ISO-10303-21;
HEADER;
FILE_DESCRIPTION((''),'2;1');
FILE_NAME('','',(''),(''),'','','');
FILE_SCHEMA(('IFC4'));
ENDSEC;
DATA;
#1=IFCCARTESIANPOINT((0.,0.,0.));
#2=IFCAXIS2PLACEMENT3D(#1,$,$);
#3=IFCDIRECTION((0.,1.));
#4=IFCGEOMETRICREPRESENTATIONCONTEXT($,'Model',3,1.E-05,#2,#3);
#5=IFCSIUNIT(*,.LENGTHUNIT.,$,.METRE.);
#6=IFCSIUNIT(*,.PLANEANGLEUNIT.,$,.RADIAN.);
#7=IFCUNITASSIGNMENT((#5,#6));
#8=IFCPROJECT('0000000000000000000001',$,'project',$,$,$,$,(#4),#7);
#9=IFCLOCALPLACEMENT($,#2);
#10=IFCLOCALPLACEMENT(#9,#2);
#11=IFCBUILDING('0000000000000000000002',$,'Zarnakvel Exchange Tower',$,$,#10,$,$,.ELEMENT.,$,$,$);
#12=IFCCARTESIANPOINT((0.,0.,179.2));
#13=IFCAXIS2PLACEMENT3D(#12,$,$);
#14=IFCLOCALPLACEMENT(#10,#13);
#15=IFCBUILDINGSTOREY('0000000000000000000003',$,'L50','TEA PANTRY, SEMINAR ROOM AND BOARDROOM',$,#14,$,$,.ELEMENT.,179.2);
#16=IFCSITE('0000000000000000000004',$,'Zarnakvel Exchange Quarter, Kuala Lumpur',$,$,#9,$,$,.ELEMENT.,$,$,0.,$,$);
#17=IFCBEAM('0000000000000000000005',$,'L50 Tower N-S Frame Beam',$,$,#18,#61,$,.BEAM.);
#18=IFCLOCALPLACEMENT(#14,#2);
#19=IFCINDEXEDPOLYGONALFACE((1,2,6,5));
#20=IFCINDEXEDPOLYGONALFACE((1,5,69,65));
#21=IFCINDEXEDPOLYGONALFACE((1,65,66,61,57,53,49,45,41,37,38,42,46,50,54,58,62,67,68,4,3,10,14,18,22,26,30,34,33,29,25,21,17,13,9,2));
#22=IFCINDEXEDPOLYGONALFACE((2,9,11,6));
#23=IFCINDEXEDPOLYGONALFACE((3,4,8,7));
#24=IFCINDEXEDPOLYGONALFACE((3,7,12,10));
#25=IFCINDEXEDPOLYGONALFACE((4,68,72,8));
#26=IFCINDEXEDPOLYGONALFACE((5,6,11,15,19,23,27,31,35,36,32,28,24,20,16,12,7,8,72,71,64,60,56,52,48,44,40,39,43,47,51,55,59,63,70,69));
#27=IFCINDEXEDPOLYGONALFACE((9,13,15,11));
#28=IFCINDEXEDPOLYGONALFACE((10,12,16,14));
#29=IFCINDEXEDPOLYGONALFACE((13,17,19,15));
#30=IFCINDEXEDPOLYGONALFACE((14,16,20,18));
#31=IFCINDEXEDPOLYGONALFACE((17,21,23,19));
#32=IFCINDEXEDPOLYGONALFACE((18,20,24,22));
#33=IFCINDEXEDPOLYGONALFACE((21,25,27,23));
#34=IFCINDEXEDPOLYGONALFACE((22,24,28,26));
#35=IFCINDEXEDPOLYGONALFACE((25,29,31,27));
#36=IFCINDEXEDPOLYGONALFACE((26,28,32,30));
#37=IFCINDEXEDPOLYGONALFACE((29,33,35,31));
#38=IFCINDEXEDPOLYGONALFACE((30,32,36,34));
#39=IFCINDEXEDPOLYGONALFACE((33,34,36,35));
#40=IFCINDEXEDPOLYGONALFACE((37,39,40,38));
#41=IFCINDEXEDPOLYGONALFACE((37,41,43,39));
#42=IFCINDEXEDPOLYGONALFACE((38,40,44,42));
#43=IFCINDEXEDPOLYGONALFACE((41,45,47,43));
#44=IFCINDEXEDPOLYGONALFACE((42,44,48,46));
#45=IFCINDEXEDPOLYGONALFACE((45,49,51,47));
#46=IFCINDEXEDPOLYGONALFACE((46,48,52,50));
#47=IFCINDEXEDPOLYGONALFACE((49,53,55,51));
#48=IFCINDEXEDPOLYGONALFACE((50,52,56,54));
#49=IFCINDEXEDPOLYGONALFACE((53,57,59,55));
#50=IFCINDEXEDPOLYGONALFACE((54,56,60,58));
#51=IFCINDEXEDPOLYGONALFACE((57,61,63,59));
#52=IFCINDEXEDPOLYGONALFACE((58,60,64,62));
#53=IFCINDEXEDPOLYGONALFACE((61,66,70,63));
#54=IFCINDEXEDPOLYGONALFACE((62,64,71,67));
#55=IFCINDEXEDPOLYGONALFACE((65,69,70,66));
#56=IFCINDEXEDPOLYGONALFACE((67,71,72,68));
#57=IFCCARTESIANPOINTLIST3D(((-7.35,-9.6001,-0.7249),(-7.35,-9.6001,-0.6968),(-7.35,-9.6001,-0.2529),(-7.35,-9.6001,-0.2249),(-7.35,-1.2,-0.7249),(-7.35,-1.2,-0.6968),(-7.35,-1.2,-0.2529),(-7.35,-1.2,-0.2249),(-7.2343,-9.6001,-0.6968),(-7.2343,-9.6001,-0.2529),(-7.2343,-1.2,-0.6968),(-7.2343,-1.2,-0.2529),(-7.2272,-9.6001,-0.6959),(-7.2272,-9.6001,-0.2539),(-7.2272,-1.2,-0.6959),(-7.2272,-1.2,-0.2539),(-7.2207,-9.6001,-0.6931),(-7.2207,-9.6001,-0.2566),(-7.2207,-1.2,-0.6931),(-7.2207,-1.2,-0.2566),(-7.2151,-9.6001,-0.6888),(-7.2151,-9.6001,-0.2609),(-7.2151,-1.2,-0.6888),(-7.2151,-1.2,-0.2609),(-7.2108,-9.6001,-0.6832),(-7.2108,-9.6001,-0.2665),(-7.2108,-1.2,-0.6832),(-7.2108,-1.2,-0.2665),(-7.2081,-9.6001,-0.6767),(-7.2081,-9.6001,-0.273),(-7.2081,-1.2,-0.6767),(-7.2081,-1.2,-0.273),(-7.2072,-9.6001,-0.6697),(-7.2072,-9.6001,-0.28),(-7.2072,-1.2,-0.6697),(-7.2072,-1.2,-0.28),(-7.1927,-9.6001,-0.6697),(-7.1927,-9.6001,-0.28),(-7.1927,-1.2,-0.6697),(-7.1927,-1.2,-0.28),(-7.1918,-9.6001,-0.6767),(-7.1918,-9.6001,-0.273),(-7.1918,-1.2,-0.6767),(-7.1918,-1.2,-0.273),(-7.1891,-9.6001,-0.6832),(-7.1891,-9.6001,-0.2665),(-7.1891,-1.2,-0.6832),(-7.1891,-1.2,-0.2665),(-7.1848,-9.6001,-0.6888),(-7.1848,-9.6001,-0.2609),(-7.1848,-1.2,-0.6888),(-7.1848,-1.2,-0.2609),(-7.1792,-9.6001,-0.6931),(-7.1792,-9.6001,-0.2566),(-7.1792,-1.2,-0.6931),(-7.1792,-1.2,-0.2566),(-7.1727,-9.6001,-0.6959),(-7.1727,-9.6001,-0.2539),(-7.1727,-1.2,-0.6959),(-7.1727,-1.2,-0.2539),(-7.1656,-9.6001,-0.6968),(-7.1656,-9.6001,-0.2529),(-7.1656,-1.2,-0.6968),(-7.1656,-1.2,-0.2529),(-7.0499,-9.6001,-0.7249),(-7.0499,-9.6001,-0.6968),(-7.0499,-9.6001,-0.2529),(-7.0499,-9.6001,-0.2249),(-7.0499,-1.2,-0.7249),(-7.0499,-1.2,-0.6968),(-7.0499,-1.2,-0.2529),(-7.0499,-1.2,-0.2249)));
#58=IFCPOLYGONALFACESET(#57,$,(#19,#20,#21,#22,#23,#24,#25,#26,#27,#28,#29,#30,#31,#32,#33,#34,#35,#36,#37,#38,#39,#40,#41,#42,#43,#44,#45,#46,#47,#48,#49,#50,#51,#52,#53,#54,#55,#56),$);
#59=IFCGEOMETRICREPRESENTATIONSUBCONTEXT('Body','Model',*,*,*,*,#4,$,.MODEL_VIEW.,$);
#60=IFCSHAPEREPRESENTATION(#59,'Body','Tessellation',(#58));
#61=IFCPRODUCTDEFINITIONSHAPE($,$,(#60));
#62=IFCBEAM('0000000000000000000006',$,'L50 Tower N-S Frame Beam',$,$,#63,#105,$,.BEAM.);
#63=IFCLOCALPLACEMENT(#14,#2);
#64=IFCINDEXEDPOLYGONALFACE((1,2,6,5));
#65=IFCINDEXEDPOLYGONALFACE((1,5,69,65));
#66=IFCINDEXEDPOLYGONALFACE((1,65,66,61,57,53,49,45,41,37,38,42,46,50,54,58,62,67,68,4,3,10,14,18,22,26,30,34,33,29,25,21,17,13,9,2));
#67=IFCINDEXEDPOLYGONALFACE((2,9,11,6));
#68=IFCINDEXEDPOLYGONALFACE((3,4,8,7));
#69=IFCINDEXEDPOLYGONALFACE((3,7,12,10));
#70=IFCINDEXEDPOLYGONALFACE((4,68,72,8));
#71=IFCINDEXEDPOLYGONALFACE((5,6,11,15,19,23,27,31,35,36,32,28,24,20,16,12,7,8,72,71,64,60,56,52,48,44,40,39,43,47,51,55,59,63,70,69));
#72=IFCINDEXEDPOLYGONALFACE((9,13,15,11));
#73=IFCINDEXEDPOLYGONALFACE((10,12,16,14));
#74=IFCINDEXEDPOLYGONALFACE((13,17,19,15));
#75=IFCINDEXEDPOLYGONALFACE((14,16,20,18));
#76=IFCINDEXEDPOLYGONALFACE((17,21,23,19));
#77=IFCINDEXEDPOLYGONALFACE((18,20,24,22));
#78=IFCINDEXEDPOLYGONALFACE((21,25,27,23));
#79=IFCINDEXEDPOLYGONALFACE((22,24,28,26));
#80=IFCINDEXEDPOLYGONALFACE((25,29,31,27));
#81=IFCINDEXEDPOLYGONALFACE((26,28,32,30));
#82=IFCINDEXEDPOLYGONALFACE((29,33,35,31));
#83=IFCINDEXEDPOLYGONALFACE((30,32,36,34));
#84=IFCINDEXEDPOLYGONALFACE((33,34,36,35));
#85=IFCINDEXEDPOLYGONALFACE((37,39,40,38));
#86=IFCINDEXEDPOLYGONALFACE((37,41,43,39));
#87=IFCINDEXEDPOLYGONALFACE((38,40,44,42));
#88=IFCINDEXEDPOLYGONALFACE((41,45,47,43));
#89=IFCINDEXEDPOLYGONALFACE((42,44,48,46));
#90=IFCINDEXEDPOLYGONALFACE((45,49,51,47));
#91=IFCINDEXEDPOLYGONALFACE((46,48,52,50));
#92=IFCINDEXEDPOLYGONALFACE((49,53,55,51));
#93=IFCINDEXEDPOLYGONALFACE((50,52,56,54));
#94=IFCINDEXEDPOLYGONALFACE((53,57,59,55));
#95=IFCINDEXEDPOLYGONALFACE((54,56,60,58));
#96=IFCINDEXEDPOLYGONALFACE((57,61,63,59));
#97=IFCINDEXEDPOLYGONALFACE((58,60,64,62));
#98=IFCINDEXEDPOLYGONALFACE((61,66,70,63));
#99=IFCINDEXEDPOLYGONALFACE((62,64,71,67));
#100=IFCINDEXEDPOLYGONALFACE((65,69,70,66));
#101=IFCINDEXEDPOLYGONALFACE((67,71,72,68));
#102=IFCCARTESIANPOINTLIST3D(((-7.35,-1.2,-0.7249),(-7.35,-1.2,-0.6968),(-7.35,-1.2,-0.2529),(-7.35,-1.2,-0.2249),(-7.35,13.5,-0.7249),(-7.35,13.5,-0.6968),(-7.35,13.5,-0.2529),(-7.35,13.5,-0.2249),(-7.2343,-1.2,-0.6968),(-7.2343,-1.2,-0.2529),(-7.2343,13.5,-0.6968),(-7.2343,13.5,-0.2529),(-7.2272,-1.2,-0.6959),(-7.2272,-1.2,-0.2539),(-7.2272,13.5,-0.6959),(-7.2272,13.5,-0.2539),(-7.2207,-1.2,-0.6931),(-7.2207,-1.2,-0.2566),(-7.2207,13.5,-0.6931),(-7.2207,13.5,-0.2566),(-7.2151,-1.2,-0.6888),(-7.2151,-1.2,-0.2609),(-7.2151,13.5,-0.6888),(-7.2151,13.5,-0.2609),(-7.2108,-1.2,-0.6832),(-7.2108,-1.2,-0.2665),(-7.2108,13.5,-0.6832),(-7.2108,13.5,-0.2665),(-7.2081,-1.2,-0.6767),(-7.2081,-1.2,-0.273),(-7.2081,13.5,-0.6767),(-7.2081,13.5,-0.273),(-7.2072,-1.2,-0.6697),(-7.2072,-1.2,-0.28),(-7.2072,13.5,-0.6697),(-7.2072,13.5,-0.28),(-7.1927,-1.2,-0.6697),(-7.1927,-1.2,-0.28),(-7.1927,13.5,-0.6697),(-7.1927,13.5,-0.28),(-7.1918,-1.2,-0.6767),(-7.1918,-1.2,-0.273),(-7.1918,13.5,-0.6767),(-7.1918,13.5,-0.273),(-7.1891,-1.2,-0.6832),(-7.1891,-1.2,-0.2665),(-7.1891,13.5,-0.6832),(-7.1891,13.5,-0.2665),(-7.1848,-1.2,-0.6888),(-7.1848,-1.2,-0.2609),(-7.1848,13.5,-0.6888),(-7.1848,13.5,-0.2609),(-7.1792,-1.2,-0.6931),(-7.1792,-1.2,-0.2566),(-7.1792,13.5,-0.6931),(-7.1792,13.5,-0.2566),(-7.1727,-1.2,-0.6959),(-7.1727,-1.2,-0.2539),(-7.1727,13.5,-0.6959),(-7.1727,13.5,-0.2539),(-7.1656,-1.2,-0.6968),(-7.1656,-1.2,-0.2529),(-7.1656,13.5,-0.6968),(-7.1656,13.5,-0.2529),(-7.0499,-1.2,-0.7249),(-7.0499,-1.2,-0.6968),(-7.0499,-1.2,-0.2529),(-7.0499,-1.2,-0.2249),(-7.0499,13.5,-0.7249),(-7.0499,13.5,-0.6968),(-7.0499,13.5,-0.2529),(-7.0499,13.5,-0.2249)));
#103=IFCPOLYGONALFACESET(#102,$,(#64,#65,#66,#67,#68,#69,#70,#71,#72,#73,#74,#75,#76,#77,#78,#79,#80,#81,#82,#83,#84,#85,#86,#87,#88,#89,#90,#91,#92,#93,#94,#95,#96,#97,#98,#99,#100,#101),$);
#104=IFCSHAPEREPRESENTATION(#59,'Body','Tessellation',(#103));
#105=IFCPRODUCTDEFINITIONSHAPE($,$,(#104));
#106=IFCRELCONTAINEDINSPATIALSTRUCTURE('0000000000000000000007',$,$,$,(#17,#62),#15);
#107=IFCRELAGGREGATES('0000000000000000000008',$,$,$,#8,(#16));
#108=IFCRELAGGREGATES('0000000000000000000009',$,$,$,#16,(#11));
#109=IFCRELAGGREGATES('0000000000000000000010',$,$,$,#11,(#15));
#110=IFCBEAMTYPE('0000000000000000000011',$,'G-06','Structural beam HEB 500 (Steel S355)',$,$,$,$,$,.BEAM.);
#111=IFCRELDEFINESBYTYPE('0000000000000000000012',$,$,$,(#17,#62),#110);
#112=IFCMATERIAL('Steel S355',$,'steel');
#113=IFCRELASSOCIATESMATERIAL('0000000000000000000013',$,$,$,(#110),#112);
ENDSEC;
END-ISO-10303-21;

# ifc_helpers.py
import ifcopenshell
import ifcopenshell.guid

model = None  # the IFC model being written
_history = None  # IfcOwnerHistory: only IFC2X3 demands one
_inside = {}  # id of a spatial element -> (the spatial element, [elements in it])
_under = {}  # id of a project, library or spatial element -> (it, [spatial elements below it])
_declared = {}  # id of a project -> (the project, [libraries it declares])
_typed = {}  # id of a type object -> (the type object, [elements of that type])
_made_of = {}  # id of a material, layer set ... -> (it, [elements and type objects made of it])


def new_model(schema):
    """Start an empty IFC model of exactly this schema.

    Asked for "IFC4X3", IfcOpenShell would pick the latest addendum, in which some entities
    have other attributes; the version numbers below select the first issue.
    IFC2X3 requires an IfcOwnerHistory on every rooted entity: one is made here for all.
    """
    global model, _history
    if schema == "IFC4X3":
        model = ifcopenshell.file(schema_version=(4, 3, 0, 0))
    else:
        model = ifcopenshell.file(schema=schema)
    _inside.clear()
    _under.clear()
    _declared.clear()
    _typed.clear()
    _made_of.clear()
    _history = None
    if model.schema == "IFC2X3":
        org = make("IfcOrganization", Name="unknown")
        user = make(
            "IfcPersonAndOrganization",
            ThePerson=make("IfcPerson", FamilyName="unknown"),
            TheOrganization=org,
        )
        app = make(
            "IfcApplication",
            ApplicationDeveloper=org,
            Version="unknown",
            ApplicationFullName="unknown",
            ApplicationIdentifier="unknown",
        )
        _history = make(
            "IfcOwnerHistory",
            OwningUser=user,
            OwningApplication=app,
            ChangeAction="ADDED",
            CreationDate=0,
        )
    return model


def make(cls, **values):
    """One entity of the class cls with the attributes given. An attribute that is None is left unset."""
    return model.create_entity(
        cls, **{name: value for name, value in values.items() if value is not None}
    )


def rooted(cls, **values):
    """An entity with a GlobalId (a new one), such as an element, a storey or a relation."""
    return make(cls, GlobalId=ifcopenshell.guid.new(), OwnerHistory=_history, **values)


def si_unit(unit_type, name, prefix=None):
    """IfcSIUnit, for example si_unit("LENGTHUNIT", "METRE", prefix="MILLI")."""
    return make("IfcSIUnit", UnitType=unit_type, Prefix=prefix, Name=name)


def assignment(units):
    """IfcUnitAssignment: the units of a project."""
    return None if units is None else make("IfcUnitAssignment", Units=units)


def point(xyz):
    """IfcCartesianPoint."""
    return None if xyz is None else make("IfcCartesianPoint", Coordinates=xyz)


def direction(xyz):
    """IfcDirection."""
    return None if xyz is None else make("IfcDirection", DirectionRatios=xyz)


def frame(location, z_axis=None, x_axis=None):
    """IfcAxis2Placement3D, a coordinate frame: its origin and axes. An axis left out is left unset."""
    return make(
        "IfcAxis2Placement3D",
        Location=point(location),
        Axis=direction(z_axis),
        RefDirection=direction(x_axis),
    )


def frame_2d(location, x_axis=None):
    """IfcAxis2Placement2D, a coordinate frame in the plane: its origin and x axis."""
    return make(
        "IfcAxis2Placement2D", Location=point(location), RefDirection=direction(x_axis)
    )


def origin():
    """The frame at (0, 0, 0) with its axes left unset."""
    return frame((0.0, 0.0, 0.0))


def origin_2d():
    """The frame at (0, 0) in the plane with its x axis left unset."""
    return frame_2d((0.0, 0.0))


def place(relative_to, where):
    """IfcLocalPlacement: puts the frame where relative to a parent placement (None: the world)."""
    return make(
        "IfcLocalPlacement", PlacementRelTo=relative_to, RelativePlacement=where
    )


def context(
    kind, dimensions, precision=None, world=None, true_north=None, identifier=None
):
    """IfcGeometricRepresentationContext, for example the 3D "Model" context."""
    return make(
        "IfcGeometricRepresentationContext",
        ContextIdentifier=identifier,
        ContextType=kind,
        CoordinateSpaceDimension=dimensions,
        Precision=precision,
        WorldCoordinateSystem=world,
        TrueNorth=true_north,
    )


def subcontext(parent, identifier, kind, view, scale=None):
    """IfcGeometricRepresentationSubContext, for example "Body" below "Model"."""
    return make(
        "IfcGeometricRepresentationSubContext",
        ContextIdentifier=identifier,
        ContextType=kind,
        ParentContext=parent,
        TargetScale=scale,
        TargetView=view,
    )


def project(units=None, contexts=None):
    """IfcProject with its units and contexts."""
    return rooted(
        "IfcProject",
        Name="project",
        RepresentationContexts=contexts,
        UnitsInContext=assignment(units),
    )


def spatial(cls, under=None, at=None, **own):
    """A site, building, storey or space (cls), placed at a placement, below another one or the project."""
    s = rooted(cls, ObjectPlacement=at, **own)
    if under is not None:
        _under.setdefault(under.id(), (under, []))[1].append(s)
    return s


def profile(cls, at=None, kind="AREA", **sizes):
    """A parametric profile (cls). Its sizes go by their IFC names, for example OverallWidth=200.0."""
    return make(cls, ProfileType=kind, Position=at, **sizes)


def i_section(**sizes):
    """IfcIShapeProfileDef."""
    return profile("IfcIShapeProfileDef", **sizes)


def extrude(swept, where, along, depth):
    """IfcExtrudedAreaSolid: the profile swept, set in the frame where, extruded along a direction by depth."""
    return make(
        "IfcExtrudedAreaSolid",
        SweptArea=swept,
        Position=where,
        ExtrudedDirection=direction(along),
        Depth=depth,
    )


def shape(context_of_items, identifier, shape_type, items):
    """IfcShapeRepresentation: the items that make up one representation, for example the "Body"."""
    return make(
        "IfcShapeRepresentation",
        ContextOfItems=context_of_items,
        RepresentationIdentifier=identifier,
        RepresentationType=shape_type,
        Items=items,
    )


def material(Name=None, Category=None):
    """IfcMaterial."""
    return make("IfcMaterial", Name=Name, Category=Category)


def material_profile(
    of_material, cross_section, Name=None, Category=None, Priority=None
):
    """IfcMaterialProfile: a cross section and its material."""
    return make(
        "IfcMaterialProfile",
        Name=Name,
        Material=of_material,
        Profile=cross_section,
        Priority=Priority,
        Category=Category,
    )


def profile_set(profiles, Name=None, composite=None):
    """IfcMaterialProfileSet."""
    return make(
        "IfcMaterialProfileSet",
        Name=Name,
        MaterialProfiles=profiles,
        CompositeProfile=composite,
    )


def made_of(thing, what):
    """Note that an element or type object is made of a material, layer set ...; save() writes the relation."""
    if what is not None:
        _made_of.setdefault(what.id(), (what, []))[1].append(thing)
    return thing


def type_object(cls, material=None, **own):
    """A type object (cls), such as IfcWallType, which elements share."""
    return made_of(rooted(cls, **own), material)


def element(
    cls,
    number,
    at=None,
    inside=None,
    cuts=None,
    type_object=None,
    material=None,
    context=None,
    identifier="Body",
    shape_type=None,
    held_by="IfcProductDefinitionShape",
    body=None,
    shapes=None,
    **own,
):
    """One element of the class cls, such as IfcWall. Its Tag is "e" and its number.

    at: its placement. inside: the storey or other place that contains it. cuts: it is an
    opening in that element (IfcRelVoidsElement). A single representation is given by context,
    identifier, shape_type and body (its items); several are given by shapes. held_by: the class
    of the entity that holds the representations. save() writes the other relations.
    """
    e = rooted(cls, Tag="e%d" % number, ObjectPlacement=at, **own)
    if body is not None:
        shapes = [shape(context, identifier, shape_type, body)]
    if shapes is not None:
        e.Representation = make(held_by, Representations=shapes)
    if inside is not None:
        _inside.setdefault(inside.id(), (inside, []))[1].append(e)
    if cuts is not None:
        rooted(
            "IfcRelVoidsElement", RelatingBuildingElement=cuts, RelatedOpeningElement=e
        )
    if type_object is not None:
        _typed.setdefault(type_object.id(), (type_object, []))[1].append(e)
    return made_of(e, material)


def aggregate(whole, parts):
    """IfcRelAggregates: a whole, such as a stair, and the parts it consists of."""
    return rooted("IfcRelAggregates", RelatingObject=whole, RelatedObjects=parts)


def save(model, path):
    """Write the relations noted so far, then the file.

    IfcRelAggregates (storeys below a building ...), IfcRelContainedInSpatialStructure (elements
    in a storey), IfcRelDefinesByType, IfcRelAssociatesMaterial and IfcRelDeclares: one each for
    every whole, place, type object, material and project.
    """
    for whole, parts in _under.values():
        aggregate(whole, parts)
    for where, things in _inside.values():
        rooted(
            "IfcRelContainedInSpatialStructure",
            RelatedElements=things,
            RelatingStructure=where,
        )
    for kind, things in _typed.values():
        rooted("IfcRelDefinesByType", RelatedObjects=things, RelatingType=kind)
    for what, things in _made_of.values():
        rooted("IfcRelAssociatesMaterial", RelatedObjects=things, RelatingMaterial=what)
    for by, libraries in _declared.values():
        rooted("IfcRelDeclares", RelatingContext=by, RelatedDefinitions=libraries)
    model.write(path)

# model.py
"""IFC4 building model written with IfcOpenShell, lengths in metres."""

from ifc_helpers import new_model, si_unit, direction, frame, origin, origin_2d, place, context, subcontext, project, spatial, i_section, extrude, material, material_profile, profile_set, type_object, element, save


model = new_model("IFC4")

# Units and contexts
model_context = context("Model", 3, precision=1e-05, world=origin(), true_north=direction((0.0, 1.0)))
body_context = subcontext(model_context, "Body", "Model", "MODEL_VIEW")
ifc_project = project(units=[si_unit("LENGTHUNIT", "METRE"), si_unit("PLANEANGLEUNIT", "RADIAN")], contexts=[model_context])

# Site, building, storey
site_placement = place(None, origin())
site = spatial("IfcSite", under=ifc_project, at=site_placement, Name="Zarnakvel Exchange Quarter, Kuala Lumpur", CompositionType="ELEMENT", RefElevation=0.0)
building_placement = place(site_placement, origin())
building = spatial("IfcBuilding", under=site, at=building_placement, Name="Zarnakvel Exchange Tower", CompositionType="ELEMENT")
storey_placement = place(building_placement, frame((0.0, 0.0, 179.2)))
storey = spatial("IfcBuildingStorey", under=building, at=storey_placement, Name="L50", Description="TEA PANTRY, SEMINAR ROOM AND BOARDROOM", CompositionType="ELEMENT", Elevation=179.2)

# Beams
ifc_material_1 = material(Name="Steel S355", Category="steel")
ifc_material_profile_1 = material_profile(ifc_material_1, i_section(OverallWidth=0.3, OverallDepth=0.5, WebThickness=0.0144, FlangeThickness=0.0281, FilletRadius=0.0271, at=origin_2d()))
ifc_profile_set_1 = profile_set([ifc_material_profile_1], Name="Steel S355")
beam_type_1 = type_object("IfcBeamType", Name="G-06", Description="Structural beam HEB 500 (Steel S355)", PredefinedType="BEAM", material=ifc_profile_set_1)
beam_1_placement = place(storey_placement, frame((-7.2, -9.6001, -0.4749), z_axis=(0.0, 1.0, 0.0), x_axis=(-1.0, 0.0, 0.0)))
element("IfcBeam", 1, at=beam_1_placement, inside=storey, type_object=beam_type_1, Name="L50 Tower N-S Frame Beam", PredefinedType="BEAM", context=body_context, shape_type="SweptSolid", body=[
    extrude(i_section(OverallWidth=0.3, OverallDepth=0.5, WebThickness=0.0144, FlangeThickness=0.0281, FilletRadius=0.0271, at=origin_2d()), origin(), (0.0, 0.0, 1.0), 8.4001),
])
beam_2_placement = place(storey_placement, frame((-7.2, -1.2, -0.4749), z_axis=(0.0, 1.0, 0.0), x_axis=(-1.0, 0.0, 0.0)))
element("IfcBeam", 2, at=beam_2_placement, inside=storey, type_object=beam_type_1, Name="L50 Tower N-S Frame Beam", PredefinedType="BEAM", context=body_context, shape_type="SweptSolid", body=[
    extrude(i_section(OverallWidth=0.3, OverallDepth=0.5, WebThickness=0.0144, FlangeThickness=0.0281, FilletRadius=0.0271, at=origin_2d()), origin(), (0.0, 0.0, 1.0), 14.7),
])

save(model, "model.ifc")
